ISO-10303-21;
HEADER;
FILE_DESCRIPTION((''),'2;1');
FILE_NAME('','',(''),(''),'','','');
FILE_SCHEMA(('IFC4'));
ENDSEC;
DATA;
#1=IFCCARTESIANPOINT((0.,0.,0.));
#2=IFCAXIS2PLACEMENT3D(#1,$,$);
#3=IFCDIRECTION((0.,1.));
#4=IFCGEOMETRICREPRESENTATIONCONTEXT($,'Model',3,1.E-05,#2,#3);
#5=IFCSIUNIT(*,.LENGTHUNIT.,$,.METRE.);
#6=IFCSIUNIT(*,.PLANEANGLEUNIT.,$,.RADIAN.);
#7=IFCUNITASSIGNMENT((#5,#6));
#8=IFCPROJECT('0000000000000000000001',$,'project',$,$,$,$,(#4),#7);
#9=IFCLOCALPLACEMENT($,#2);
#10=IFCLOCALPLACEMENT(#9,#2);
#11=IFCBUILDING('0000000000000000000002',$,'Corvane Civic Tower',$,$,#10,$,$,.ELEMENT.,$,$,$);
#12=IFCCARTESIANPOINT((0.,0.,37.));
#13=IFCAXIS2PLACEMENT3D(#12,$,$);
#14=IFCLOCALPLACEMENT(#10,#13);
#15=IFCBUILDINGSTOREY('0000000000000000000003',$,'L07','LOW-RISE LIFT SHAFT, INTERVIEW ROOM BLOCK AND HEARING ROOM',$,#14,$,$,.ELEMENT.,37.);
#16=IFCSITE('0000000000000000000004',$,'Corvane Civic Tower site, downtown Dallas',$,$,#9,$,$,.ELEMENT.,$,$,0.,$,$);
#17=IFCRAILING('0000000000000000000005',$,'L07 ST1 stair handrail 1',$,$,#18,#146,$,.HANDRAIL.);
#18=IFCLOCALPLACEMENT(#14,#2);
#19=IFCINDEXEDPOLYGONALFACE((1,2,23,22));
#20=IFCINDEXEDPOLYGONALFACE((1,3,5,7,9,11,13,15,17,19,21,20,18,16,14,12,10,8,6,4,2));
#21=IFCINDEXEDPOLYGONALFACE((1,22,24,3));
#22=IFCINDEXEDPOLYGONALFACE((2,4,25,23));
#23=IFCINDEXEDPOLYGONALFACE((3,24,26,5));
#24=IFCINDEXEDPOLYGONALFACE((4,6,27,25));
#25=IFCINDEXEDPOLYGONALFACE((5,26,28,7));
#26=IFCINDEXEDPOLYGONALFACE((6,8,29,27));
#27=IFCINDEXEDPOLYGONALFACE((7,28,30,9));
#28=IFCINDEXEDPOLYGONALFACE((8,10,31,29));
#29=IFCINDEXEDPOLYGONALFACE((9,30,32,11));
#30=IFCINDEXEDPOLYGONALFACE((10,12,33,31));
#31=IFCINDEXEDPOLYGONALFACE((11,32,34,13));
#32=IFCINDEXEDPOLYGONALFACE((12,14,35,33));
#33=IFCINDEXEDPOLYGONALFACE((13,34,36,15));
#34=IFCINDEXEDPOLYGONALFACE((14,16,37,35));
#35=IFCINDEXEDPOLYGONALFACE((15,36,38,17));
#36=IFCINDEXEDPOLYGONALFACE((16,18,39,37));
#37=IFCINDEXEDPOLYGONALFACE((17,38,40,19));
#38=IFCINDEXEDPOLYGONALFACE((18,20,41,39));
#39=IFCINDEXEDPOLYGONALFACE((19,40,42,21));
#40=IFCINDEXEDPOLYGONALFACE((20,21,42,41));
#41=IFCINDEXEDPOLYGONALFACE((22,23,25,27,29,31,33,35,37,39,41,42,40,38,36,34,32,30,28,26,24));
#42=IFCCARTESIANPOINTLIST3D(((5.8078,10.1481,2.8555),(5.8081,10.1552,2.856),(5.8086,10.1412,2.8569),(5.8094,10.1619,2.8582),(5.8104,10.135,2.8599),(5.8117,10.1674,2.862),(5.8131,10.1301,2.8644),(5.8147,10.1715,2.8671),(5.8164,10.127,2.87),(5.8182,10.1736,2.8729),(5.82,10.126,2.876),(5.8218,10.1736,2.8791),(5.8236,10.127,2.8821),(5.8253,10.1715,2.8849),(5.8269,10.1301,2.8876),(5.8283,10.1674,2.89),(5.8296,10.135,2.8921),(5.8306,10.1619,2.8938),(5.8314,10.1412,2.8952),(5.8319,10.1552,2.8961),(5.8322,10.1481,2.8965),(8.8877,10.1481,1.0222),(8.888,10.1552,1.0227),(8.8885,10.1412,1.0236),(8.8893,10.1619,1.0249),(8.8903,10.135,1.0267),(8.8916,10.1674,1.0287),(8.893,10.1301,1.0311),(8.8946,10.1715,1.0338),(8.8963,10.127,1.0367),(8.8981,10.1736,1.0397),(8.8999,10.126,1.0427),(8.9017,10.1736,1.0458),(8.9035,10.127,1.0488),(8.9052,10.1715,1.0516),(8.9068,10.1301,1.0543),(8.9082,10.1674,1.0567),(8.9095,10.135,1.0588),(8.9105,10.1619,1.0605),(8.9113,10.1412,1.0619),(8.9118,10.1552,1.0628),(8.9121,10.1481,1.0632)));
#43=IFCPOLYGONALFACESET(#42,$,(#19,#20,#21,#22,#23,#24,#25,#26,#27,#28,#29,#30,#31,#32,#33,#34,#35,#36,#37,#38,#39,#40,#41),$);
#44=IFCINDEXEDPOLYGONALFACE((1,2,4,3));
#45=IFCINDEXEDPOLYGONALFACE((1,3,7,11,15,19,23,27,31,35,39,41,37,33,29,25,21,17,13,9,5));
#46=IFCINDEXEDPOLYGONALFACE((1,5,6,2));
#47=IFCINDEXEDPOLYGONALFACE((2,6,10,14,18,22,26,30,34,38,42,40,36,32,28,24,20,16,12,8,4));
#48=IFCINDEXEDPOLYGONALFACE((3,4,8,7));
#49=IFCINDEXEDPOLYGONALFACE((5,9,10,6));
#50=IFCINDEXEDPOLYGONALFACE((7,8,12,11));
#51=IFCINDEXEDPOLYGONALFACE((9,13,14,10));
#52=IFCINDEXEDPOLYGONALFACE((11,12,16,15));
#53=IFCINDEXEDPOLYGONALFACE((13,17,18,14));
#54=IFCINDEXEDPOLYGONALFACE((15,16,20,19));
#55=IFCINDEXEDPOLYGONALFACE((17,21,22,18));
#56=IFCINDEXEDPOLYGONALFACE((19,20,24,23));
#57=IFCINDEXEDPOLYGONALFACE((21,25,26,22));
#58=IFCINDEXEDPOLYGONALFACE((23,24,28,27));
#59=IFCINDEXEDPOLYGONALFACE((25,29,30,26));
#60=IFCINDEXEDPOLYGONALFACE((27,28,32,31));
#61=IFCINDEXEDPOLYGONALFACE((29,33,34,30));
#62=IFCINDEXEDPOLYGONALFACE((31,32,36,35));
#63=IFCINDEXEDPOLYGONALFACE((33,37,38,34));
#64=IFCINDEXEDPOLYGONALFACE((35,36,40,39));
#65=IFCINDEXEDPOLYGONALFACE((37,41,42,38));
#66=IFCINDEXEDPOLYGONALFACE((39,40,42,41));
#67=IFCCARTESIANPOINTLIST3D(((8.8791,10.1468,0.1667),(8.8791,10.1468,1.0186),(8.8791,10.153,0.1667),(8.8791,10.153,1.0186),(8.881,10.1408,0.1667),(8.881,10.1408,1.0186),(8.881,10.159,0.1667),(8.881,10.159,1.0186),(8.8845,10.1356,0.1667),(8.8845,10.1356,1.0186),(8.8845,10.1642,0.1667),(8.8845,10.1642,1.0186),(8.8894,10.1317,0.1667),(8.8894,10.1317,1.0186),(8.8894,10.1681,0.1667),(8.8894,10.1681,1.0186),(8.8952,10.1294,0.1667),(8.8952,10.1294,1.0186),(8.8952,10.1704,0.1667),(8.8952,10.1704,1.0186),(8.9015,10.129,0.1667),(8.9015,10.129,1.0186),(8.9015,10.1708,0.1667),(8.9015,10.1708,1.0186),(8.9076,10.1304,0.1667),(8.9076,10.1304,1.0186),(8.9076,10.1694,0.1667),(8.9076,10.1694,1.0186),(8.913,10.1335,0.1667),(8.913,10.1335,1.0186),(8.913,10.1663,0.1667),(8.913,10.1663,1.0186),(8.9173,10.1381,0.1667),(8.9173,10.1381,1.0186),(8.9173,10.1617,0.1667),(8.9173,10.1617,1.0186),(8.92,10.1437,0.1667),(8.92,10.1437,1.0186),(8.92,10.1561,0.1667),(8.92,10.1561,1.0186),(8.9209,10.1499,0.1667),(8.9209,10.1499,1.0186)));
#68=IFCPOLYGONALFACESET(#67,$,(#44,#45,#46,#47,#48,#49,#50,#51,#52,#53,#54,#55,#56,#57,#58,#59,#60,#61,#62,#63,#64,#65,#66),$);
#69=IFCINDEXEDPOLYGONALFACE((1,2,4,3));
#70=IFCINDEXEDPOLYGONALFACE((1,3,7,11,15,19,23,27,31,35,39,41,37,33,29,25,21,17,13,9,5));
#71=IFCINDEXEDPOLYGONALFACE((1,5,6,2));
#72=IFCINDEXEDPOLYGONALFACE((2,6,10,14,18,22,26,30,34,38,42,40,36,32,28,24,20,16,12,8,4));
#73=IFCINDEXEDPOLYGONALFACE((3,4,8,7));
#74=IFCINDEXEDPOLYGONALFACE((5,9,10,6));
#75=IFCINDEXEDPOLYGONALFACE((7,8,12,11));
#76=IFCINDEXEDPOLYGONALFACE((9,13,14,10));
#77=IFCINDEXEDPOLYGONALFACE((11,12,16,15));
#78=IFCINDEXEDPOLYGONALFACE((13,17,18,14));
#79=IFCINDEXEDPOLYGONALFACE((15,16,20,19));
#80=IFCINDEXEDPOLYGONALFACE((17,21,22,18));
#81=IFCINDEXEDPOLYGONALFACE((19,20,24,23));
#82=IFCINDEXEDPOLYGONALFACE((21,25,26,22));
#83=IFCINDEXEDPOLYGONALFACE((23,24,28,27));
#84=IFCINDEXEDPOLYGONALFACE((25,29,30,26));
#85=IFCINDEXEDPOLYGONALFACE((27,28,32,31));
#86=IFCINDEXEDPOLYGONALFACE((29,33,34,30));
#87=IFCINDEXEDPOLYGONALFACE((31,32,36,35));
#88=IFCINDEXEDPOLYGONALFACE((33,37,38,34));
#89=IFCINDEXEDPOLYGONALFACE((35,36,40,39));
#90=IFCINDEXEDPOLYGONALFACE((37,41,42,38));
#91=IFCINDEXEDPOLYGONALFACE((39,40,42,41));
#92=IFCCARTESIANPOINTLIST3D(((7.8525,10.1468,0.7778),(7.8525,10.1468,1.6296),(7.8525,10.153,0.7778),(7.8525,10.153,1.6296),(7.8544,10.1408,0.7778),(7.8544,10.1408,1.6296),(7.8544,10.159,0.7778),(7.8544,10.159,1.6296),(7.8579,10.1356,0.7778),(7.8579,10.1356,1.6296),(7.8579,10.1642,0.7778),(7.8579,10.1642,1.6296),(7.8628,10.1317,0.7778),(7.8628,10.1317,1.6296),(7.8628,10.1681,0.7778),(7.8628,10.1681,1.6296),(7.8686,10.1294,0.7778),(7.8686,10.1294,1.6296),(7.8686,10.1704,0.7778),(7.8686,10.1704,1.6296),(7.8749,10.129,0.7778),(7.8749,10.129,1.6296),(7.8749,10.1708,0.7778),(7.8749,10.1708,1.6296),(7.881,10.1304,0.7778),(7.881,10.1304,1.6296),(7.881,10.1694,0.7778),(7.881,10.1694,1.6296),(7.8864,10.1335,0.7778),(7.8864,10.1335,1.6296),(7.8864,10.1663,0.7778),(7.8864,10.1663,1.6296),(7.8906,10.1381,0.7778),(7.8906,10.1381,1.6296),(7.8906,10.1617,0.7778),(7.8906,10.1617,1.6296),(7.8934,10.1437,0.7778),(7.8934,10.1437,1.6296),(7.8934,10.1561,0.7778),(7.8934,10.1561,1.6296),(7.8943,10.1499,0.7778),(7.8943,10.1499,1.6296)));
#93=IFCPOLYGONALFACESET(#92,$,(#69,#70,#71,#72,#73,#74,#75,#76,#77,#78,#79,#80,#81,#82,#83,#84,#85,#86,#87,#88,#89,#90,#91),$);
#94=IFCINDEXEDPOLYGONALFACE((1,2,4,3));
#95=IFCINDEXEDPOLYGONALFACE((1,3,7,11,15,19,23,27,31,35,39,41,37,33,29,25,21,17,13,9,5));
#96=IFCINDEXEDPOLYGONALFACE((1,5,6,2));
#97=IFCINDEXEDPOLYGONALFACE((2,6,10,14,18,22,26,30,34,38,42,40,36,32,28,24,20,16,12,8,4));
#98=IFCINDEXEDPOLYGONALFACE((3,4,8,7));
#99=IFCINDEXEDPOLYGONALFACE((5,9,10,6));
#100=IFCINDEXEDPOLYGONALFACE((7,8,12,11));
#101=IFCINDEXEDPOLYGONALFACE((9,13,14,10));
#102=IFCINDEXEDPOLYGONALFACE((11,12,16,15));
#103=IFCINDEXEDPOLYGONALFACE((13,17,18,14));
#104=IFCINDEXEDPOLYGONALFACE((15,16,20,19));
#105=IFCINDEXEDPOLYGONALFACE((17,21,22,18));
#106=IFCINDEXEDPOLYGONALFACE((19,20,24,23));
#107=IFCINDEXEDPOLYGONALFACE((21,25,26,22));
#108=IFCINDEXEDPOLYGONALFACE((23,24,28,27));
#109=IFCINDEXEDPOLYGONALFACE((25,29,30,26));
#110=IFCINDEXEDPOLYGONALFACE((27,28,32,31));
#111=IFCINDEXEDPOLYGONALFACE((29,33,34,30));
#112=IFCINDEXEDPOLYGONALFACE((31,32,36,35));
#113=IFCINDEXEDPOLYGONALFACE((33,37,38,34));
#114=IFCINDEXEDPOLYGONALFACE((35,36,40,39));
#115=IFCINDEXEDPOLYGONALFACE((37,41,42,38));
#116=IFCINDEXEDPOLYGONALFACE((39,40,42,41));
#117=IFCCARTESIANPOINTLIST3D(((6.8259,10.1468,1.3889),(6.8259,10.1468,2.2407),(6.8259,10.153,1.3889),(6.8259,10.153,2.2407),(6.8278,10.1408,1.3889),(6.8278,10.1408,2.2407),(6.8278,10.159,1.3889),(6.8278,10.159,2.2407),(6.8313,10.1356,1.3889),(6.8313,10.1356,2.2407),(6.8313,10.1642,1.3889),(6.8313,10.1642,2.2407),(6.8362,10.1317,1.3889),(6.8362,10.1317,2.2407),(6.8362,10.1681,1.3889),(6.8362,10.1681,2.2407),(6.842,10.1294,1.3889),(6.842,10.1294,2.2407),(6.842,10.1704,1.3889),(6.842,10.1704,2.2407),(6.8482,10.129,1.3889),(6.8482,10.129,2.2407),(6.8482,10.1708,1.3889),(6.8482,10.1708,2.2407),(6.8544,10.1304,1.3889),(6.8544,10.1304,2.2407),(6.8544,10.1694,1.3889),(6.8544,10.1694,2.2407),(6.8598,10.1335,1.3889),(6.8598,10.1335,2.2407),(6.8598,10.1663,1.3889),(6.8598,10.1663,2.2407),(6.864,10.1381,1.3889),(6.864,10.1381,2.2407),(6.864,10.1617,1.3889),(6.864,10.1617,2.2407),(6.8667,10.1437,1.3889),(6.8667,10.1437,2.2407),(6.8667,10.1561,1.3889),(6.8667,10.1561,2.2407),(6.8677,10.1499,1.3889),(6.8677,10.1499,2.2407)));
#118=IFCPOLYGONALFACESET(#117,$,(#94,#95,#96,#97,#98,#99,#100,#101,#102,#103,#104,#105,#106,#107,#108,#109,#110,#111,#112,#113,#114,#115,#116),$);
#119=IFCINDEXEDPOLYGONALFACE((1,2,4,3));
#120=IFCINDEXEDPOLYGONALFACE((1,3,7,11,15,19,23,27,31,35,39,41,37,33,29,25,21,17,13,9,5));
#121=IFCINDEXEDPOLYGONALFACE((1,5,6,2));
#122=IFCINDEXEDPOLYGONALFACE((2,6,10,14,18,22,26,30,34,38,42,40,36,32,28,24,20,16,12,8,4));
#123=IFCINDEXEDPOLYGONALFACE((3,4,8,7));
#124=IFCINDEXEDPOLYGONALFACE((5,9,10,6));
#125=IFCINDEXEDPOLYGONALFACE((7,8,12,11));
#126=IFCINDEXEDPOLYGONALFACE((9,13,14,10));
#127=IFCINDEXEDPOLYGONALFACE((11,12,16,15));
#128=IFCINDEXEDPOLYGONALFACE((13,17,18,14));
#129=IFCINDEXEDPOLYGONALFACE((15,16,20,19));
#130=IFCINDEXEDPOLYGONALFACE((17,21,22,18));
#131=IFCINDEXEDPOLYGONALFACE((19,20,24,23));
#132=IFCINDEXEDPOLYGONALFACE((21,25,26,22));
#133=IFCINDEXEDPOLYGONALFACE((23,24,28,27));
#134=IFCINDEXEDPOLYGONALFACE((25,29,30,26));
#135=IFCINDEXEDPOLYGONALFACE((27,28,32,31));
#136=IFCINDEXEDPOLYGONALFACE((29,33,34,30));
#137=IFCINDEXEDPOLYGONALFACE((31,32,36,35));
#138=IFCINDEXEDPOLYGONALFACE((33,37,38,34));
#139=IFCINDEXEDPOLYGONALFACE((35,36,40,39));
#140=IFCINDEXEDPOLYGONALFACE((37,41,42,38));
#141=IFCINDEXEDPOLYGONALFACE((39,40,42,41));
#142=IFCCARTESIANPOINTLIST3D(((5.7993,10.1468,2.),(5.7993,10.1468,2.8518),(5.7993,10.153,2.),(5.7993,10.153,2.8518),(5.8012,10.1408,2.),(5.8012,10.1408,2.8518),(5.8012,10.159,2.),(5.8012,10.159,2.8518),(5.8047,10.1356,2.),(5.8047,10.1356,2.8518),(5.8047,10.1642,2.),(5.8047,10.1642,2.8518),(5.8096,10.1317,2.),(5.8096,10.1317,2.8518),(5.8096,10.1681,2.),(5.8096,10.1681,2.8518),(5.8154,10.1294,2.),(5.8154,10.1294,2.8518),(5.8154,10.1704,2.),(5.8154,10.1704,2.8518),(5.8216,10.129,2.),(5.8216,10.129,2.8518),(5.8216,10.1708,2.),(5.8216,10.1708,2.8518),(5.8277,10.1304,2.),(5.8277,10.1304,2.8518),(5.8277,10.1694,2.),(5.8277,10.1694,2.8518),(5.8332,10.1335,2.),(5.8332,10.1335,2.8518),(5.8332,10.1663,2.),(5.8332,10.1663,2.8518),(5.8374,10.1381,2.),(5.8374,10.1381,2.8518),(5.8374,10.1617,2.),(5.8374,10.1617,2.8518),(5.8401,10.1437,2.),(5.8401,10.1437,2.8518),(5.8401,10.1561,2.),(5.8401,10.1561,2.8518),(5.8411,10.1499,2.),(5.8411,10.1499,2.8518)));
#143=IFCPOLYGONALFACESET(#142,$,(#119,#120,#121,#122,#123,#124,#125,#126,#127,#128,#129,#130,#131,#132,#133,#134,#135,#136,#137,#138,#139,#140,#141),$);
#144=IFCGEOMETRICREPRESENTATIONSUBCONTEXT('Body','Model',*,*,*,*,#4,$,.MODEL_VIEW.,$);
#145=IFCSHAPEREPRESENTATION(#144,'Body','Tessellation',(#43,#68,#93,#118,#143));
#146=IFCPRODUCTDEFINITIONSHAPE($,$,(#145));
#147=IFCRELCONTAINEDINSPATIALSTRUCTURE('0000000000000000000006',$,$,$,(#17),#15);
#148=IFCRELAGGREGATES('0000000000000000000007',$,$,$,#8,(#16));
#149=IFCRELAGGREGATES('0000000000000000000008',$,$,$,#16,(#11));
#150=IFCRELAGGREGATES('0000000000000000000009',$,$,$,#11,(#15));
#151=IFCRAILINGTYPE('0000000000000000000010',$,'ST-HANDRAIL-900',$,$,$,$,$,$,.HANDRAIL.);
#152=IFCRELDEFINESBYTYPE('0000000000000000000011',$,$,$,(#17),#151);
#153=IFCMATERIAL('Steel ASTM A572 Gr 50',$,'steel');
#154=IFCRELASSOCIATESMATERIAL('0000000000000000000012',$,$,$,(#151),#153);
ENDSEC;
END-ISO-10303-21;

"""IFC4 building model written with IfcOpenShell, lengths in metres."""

from ifc_helpers import new_model, si_unit, direction, frame, origin, origin_2d, place, context, subcontext, project, spatial, circle, extrude, material, type_object, element, save


model = new_model("IFC4")

# Units and contexts
model_context = context("Model", 3, precision=1e-05, world=origin(), true_north=direction((0.0, 1.0)))
body_context = subcontext(model_context, "Body", "Model", "MODEL_VIEW")
ifc_project = project(units=[si_unit("LENGTHUNIT", "METRE"), si_unit("PLANEANGLEUNIT", "RADIAN")], contexts=[model_context])

# Site, building, storey
site_placement = place(None, origin())
site = spatial("IfcSite", under=ifc_project, at=site_placement, Name="Corvane Civic Tower site, downtown Dallas", CompositionType="ELEMENT", RefElevation=0.0)
building_placement = place(site_placement, origin())
building = spatial("IfcBuilding", under=site, at=building_placement, Name="Corvane Civic Tower", CompositionType="ELEMENT")
storey_placement = place(building_placement, frame((0.0, 0.0, 37.0)))
storey = spatial("IfcBuildingStorey", under=building, at=storey_placement, Name="L07", Description="LOW-RISE LIFT SHAFT, INTERVIEW ROOM BLOCK AND HEARING ROOM", CompositionType="ELEMENT", Elevation=37.0)

# Railing
ifc_material_1 = material(Name="Steel ASTM A572 Gr 50", Category="steel")
railing_type_1 = type_object("IfcRailingType", Name="ST-HANDRAIL-900", PredefinedType="HANDRAIL", material=ifc_material_1)
railing_1_placement = place(storey_placement, frame((8.8999, 10.1499, 0.1667)))
element("IfcRailing", 1, at=railing_1_placement, inside=storey, type_object=railing_type_1, Name="L07 ST1 stair handrail 1", PredefinedType="HANDRAIL", context=body_context, shape_type="SweptSolid", body=[
    extrude(circle(Radius=0.0239, at=origin_2d()), frame((0.0, 0.0, 0.876), z_axis=(-0.859291, 0.0, 0.511487), x_axis=(0.0, -1.0, 0.0)), (0.0, 0.0, 1.0), 3.5842),
    extrude(circle(Radius=0.021, at=origin_2d()), origin(), (0.0, 0.0, 1.0), 0.8518),
    extrude(circle(Radius=0.021, at=origin_2d()), frame((-1.0266, 0.0, 0.6111)), (0.0, 0.0, 1.0), 0.8518),
    extrude(circle(Radius=0.021, at=origin_2d()), frame((-2.0532, 0.0, 1.2222)), (0.0, 0.0, 1.0), 0.8518),
    extrude(circle(Radius=0.021, at=origin_2d()), frame((-3.0798, 0.0, 1.8333)), (0.0, 0.0, 1.0), 0.8518),
])

save(model, "model.ifc")
